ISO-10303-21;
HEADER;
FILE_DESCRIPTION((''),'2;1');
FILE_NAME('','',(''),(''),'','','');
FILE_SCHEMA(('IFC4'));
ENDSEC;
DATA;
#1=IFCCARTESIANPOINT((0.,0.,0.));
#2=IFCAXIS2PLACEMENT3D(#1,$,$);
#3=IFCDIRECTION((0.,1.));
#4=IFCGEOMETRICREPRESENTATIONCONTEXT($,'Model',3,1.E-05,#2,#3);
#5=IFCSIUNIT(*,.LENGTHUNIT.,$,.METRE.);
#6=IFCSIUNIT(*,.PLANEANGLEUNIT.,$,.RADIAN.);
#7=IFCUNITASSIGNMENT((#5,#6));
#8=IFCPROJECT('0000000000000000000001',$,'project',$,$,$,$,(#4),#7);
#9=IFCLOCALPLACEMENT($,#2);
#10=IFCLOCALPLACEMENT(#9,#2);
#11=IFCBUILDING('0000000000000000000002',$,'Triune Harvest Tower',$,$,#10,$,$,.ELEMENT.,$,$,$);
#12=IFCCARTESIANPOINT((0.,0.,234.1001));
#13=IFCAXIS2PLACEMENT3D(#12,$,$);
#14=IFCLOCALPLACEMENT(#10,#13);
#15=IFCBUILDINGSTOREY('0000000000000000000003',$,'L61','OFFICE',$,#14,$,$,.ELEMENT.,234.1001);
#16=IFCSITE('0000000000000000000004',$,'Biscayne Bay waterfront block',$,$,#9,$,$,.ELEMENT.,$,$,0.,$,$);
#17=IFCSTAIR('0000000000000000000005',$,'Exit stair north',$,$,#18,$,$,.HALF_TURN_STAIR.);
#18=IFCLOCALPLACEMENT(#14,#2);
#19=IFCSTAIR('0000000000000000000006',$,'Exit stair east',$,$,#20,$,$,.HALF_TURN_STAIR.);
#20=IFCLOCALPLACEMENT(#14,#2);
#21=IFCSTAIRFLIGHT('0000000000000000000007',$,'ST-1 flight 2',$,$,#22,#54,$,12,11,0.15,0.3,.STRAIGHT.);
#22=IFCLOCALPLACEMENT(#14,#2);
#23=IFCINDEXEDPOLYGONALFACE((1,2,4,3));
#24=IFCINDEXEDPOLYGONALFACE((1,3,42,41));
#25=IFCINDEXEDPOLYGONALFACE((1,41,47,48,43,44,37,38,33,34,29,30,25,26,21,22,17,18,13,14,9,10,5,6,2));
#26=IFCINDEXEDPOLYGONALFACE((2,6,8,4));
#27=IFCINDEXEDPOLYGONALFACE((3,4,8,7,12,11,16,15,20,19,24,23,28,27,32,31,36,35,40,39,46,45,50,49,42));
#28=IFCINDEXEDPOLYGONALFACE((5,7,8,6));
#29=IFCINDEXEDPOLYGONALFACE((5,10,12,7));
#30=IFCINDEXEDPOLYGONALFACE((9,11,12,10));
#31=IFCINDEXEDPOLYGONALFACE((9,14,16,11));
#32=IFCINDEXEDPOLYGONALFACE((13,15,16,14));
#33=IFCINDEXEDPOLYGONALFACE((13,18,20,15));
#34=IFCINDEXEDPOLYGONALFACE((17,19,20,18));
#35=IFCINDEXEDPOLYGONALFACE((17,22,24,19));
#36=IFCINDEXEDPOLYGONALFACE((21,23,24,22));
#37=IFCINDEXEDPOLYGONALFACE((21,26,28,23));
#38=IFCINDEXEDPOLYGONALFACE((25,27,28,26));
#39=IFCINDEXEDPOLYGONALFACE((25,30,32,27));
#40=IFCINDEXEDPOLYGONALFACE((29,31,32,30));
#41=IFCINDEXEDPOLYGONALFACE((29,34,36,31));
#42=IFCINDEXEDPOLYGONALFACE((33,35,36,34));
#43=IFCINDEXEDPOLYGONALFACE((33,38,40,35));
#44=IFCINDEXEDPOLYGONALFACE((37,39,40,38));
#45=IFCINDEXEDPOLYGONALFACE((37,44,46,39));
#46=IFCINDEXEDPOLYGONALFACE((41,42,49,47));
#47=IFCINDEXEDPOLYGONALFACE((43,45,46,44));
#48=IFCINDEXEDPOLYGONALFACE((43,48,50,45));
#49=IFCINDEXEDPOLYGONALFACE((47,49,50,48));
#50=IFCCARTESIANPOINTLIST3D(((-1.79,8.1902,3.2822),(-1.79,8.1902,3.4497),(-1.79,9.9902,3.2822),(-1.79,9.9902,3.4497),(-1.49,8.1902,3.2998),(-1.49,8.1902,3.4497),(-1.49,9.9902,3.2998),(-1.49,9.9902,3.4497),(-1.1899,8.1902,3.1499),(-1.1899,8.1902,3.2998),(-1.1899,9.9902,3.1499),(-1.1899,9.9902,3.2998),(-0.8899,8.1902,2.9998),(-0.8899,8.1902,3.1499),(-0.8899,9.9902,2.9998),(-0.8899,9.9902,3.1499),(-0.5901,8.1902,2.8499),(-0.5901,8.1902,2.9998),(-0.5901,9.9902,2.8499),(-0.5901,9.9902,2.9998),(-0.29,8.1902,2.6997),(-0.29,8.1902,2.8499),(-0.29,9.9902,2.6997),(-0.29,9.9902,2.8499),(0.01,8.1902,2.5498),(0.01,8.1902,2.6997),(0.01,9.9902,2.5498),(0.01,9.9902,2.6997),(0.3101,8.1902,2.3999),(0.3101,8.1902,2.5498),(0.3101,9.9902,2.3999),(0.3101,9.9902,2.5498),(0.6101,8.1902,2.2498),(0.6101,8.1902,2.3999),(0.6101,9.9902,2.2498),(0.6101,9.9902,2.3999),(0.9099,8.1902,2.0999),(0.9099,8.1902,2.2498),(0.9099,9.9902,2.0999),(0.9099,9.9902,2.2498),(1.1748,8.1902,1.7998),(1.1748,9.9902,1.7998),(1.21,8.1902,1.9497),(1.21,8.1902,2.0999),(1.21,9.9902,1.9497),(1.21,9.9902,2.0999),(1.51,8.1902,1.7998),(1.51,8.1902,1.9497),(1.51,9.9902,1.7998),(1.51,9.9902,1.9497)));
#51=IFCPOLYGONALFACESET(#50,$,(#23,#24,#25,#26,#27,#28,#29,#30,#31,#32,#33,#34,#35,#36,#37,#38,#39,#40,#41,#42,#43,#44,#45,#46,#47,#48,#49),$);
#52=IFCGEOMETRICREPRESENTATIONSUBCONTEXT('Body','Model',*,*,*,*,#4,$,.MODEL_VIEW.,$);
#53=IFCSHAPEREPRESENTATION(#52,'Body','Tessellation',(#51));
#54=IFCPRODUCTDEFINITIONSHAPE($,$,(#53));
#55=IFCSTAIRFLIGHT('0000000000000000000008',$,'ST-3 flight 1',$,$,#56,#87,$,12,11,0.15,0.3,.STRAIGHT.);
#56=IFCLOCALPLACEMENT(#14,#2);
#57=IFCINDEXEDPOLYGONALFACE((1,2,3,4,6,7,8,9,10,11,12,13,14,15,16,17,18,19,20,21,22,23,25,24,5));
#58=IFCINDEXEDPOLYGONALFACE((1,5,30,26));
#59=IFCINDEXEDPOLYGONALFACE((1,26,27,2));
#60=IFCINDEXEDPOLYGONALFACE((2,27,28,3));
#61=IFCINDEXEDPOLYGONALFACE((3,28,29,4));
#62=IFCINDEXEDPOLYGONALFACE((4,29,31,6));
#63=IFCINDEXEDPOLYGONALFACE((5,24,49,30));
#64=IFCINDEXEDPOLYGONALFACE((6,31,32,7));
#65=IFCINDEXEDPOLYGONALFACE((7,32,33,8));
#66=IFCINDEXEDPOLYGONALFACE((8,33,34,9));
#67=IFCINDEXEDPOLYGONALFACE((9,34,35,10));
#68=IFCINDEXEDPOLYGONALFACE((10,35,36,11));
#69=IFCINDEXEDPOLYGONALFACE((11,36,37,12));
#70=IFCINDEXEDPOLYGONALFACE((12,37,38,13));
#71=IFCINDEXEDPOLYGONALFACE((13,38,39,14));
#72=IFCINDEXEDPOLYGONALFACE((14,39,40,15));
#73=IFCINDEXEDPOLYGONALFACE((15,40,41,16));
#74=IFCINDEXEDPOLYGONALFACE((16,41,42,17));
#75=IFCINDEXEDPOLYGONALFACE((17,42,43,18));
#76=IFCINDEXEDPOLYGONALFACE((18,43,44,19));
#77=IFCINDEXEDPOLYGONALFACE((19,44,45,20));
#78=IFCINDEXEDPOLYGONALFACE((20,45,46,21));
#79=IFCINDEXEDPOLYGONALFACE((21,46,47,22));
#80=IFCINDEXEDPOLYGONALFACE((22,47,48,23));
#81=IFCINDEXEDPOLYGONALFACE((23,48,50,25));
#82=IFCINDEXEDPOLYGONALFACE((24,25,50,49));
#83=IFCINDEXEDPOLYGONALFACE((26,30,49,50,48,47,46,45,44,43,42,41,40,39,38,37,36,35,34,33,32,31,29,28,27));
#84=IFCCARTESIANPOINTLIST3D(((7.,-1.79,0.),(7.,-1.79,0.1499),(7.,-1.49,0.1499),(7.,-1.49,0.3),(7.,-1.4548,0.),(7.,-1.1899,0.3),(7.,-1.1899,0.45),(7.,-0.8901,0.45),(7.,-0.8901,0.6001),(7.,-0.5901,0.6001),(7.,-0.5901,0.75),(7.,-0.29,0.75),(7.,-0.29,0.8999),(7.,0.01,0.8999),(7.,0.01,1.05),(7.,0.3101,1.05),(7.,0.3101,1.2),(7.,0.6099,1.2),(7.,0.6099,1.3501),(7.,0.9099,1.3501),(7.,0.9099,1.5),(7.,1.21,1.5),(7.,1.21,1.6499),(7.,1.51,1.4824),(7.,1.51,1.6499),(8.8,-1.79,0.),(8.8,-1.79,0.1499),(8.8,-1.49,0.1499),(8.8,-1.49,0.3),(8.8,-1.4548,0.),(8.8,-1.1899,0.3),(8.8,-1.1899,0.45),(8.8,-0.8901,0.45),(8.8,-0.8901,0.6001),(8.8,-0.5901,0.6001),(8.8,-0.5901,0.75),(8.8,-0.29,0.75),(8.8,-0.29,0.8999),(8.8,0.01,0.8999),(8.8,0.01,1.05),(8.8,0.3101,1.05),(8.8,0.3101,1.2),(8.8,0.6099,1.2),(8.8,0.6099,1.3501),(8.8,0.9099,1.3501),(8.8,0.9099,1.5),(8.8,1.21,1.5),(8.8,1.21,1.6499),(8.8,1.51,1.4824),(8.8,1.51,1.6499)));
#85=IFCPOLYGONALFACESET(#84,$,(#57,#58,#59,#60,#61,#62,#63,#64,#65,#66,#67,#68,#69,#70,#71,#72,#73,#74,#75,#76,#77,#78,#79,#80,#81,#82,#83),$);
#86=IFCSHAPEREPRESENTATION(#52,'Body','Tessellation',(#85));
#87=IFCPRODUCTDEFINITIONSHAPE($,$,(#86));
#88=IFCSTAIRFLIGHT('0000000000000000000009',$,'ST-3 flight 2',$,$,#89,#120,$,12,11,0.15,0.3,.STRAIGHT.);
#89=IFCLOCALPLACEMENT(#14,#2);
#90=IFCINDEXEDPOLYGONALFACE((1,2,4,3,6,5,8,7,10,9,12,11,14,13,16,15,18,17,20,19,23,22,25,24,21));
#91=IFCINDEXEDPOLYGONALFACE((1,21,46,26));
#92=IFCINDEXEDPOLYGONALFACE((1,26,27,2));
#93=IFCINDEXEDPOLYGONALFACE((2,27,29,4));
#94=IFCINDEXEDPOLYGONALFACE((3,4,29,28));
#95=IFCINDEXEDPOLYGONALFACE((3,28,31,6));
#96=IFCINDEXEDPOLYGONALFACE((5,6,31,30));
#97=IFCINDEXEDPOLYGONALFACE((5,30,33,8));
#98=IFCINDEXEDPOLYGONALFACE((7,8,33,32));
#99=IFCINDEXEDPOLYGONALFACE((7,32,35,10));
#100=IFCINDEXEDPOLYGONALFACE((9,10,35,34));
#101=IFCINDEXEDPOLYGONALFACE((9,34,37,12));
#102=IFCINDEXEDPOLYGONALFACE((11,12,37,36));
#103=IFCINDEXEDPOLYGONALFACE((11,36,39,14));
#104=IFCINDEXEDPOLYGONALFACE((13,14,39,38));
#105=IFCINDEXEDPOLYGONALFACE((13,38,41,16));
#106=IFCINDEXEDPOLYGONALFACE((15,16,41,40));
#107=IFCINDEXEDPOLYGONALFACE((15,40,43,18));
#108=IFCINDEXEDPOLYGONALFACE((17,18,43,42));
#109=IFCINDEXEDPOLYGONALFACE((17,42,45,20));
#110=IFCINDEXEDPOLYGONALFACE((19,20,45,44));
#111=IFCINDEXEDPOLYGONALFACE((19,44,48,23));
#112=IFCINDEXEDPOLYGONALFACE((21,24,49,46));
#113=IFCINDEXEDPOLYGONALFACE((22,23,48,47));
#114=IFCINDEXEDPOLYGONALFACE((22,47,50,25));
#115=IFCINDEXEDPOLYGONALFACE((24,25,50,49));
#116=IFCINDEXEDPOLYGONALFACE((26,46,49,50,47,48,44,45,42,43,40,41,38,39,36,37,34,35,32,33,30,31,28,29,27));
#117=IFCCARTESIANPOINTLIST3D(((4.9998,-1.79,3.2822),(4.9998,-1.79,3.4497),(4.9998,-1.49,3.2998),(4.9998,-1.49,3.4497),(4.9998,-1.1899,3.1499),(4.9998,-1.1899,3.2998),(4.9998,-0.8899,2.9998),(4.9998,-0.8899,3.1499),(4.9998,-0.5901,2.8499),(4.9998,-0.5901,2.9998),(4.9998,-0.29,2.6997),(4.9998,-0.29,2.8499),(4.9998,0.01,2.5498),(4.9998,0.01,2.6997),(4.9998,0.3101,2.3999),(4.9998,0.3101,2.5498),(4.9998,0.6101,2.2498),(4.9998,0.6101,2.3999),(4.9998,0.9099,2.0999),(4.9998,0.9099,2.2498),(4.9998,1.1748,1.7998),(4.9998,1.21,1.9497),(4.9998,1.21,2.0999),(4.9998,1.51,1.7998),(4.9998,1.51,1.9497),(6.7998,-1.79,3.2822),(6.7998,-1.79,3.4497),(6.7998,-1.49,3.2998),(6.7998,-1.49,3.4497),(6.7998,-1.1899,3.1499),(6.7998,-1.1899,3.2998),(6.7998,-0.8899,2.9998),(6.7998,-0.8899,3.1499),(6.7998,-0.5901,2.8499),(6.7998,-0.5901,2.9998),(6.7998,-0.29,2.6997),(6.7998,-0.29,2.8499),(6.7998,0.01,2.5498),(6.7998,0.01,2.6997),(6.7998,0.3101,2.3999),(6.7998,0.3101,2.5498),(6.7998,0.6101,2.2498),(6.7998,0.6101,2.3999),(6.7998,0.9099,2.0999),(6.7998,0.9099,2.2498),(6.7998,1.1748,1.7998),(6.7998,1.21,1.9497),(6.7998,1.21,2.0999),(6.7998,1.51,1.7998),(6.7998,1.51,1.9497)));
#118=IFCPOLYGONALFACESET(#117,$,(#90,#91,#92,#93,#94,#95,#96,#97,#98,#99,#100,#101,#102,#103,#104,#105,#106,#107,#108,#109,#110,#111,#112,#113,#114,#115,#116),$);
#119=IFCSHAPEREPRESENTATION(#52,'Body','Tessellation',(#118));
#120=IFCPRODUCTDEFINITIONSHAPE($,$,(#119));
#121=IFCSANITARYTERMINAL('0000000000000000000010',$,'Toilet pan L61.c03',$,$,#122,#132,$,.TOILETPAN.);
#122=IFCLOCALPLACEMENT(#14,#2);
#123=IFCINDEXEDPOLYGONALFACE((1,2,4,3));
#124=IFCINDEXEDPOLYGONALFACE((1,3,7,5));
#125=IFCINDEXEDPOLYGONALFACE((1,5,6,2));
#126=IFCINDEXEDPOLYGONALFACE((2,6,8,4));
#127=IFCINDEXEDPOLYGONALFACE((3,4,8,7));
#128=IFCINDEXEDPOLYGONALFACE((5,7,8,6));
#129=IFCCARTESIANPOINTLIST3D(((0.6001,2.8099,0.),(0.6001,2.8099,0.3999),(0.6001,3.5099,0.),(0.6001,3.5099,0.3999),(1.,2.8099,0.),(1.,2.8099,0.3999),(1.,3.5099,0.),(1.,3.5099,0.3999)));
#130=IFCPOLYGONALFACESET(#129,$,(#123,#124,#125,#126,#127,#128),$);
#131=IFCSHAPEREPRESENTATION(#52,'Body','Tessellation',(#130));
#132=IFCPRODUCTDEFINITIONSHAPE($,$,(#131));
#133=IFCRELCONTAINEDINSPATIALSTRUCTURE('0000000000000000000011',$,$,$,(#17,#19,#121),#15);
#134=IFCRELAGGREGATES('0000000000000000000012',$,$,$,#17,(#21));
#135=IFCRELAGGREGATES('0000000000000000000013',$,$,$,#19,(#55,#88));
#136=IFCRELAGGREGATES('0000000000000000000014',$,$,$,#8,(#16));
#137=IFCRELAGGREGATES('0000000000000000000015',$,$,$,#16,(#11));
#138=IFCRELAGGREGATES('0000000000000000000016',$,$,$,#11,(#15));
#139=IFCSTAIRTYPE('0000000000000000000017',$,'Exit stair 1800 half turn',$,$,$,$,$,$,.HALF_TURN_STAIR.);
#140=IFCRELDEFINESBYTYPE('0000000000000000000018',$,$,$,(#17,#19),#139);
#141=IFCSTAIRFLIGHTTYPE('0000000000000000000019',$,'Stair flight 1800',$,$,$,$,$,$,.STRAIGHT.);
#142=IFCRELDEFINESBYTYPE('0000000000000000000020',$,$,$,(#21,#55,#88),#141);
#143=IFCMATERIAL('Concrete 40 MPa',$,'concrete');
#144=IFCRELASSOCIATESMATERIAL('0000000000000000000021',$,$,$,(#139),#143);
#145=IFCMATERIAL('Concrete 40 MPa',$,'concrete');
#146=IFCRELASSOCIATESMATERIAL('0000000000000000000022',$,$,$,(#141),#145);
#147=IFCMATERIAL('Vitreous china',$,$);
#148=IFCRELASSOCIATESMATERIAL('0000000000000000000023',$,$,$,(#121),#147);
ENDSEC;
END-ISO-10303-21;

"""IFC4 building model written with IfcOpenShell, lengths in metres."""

from ifc_helpers import new_model, si_unit, direction, frame, origin, origin_2d, place, context, subcontext, project, spatial, polyline, rectangle, outline, extrude, source, transform, mapped, material, type_object, element, aggregate, save


model = new_model("IFC4")

# Units and contexts
model_context = context("Model", 3, precision=1e-05, world=origin(), true_north=direction((0.0, 1.0)))
body_context = subcontext(model_context, "Body", "Model", "MODEL_VIEW")
ifc_project = project(units=[si_unit("LENGTHUNIT", "METRE"), si_unit("PLANEANGLEUNIT", "RADIAN")], contexts=[model_context])

# Site, building, storey
site_placement = place(None, origin())
site = spatial("IfcSite", under=ifc_project, at=site_placement, Name="Biscayne Bay waterfront block", CompositionType="ELEMENT", RefElevation=0.0)
building_placement = place(site_placement, origin())
building = spatial("IfcBuilding", under=site, at=building_placement, Name="Triune Harvest Tower", CompositionType="ELEMENT")
storey_placement = place(building_placement, frame((0.0, 0.0, 234.1001)))
storey = spatial("IfcBuildingStorey", under=building, at=storey_placement, Name="L61", Description="OFFICE", CompositionType="ELEMENT", Elevation=234.1001)

# Stairs
ifc_material_1 = material(Name="Concrete 40 MPa", Category="concrete")
stair_type = type_object("IfcStairType", Name="Exit stair 1800 half turn", PredefinedType="HALF_TURN_STAIR", material=ifc_material_1)
stair_1_placement = place(storey_placement, origin())
stair_1 = element("IfcStair", 1, at=stair_1_placement, inside=storey, type_object=stair_type, Name="Exit stair north", PredefinedType="HALF_TURN_STAIR")
stair_2_placement = place(storey_placement, origin())
stair_2 = element("IfcStair", 2, at=stair_2_placement, inside=storey, type_object=stair_type, Name="Exit stair east", PredefinedType="HALF_TURN_STAIR")

# Stair flights
ifc_material_2 = material(Name="Concrete 40 MPa", Category="concrete")
stair_flight_type = type_object("IfcStairFlightType", Name="Stair flight 1800", PredefinedType="STRAIGHT", material=ifc_material_2)
shared_shape_1 = source(origin(), body_context, "Body", "SweptSolid", [
    extrude(outline(polyline([(0.0, 0.0), (0.0, 0.1499), (0.3, 0.1499), (0.3, 0.3), (0.6001, 0.3), (0.6001, 0.45), (0.8999, 0.45), (0.8999, 0.6001), (1.2, 0.6001), (1.2, 0.75), (1.5, 0.75), (1.5, 0.8999), (1.8, 0.8999), (1.8, 1.05), (2.1001, 1.05), (2.1001, 1.2), (2.3999, 1.2), (2.3999, 1.3501), (2.7, 1.3501), (2.7, 1.5), (3.0, 1.5), (3.0, 1.6499), (3.3, 1.6499), (3.3, 1.8), (3.3, 1.4824), (0.3352, 0.0), (0.0, 0.0)])), frame((0.0, 0.8999, 0.0), z_axis=(0.0, -1.0, 0.0), x_axis=(1.0, 0.0, 0.0)), (0.0, 0.0, 1.0), 1.8),
])
stair_flight_1_placement = place(storey_placement, frame((1.51, 9.0901, 1.7998), z_axis=(0.0, 0.0, 1.0), x_axis=(-1.0, 0.0, 0.0)))
stair_flight_1 = element("IfcStairFlight", 3, at=stair_flight_1_placement, type_object=stair_flight_type, Name="ST-1 flight 2", NumberOfRisers=12, NumberOfTreads=11, PredefinedType="STRAIGHT", RiserHeight=0.15, TreadLength=0.3, context=body_context, shape_type="MappedRepresentation", body=[
    mapped(shared_shape_1, transform((0.0, 0.0, 0.0), scale=1.0)),
])
aggregate(stair_1, [stair_flight_1])
stair_flight_2_placement = place(storey_placement, frame((7.8999, -1.79, 0.0), z_axis=(0.0, 0.0, 1.0), x_axis=(0.0, 1.0, 0.0)))
stair_flight_2 = element("IfcStairFlight", 4, at=stair_flight_2_placement, type_object=stair_flight_type, Name="ST-3 flight 1", NumberOfRisers=12, NumberOfTreads=11, PredefinedType="STRAIGHT", RiserHeight=0.15, TreadLength=0.3, context=body_context, shape_type="MappedRepresentation", body=[
    mapped(shared_shape_1, transform((0.0, 0.0, 0.0), scale=1.0)),
])
stair_flight_3_placement = place(storey_placement, frame((5.8999, 1.51, 1.7998), z_axis=(0.0, 0.0, 1.0), x_axis=(0.0, -1.0, 0.0)))
stair_flight_3 = element("IfcStairFlight", 5, at=stair_flight_3_placement, type_object=stair_flight_type, Name="ST-3 flight 2", NumberOfRisers=12, NumberOfTreads=11, PredefinedType="STRAIGHT", RiserHeight=0.15, TreadLength=0.3, context=body_context, shape_type="MappedRepresentation", body=[
    mapped(shared_shape_1, transform((0.0, 0.0, 0.0), scale=1.0)),
])
aggregate(stair_2, [stair_flight_2, stair_flight_3])

# Sanitary terminal
ifc_material_3 = material(Name="Vitreous china")
shared_shape_2 = source(origin(), body_context, "Body", "SweptSolid", [
    extrude(rectangle(XDim=0.3999, YDim=0.7, at=origin_2d()), origin(), (0.0, 0.0, 1.0), 0.3999),
])
sanitary_terminal_placement = place(storey_placement, frame((0.8, 3.1599, 0.0), z_axis=(0.0, 0.0, 1.0), x_axis=(-1.0, 0.0, 0.0)))
element("IfcSanitaryTerminal", 6, at=sanitary_terminal_placement, inside=storey, material=ifc_material_3, Name="Toilet pan L61.c03", PredefinedType="TOILETPAN", context=body_context, shape_type="MappedRepresentation", body=[
    mapped(shared_shape_2, transform((0.0, 0.0, 0.0), scale=1.0)),
])

save(model, "model.ifc")
